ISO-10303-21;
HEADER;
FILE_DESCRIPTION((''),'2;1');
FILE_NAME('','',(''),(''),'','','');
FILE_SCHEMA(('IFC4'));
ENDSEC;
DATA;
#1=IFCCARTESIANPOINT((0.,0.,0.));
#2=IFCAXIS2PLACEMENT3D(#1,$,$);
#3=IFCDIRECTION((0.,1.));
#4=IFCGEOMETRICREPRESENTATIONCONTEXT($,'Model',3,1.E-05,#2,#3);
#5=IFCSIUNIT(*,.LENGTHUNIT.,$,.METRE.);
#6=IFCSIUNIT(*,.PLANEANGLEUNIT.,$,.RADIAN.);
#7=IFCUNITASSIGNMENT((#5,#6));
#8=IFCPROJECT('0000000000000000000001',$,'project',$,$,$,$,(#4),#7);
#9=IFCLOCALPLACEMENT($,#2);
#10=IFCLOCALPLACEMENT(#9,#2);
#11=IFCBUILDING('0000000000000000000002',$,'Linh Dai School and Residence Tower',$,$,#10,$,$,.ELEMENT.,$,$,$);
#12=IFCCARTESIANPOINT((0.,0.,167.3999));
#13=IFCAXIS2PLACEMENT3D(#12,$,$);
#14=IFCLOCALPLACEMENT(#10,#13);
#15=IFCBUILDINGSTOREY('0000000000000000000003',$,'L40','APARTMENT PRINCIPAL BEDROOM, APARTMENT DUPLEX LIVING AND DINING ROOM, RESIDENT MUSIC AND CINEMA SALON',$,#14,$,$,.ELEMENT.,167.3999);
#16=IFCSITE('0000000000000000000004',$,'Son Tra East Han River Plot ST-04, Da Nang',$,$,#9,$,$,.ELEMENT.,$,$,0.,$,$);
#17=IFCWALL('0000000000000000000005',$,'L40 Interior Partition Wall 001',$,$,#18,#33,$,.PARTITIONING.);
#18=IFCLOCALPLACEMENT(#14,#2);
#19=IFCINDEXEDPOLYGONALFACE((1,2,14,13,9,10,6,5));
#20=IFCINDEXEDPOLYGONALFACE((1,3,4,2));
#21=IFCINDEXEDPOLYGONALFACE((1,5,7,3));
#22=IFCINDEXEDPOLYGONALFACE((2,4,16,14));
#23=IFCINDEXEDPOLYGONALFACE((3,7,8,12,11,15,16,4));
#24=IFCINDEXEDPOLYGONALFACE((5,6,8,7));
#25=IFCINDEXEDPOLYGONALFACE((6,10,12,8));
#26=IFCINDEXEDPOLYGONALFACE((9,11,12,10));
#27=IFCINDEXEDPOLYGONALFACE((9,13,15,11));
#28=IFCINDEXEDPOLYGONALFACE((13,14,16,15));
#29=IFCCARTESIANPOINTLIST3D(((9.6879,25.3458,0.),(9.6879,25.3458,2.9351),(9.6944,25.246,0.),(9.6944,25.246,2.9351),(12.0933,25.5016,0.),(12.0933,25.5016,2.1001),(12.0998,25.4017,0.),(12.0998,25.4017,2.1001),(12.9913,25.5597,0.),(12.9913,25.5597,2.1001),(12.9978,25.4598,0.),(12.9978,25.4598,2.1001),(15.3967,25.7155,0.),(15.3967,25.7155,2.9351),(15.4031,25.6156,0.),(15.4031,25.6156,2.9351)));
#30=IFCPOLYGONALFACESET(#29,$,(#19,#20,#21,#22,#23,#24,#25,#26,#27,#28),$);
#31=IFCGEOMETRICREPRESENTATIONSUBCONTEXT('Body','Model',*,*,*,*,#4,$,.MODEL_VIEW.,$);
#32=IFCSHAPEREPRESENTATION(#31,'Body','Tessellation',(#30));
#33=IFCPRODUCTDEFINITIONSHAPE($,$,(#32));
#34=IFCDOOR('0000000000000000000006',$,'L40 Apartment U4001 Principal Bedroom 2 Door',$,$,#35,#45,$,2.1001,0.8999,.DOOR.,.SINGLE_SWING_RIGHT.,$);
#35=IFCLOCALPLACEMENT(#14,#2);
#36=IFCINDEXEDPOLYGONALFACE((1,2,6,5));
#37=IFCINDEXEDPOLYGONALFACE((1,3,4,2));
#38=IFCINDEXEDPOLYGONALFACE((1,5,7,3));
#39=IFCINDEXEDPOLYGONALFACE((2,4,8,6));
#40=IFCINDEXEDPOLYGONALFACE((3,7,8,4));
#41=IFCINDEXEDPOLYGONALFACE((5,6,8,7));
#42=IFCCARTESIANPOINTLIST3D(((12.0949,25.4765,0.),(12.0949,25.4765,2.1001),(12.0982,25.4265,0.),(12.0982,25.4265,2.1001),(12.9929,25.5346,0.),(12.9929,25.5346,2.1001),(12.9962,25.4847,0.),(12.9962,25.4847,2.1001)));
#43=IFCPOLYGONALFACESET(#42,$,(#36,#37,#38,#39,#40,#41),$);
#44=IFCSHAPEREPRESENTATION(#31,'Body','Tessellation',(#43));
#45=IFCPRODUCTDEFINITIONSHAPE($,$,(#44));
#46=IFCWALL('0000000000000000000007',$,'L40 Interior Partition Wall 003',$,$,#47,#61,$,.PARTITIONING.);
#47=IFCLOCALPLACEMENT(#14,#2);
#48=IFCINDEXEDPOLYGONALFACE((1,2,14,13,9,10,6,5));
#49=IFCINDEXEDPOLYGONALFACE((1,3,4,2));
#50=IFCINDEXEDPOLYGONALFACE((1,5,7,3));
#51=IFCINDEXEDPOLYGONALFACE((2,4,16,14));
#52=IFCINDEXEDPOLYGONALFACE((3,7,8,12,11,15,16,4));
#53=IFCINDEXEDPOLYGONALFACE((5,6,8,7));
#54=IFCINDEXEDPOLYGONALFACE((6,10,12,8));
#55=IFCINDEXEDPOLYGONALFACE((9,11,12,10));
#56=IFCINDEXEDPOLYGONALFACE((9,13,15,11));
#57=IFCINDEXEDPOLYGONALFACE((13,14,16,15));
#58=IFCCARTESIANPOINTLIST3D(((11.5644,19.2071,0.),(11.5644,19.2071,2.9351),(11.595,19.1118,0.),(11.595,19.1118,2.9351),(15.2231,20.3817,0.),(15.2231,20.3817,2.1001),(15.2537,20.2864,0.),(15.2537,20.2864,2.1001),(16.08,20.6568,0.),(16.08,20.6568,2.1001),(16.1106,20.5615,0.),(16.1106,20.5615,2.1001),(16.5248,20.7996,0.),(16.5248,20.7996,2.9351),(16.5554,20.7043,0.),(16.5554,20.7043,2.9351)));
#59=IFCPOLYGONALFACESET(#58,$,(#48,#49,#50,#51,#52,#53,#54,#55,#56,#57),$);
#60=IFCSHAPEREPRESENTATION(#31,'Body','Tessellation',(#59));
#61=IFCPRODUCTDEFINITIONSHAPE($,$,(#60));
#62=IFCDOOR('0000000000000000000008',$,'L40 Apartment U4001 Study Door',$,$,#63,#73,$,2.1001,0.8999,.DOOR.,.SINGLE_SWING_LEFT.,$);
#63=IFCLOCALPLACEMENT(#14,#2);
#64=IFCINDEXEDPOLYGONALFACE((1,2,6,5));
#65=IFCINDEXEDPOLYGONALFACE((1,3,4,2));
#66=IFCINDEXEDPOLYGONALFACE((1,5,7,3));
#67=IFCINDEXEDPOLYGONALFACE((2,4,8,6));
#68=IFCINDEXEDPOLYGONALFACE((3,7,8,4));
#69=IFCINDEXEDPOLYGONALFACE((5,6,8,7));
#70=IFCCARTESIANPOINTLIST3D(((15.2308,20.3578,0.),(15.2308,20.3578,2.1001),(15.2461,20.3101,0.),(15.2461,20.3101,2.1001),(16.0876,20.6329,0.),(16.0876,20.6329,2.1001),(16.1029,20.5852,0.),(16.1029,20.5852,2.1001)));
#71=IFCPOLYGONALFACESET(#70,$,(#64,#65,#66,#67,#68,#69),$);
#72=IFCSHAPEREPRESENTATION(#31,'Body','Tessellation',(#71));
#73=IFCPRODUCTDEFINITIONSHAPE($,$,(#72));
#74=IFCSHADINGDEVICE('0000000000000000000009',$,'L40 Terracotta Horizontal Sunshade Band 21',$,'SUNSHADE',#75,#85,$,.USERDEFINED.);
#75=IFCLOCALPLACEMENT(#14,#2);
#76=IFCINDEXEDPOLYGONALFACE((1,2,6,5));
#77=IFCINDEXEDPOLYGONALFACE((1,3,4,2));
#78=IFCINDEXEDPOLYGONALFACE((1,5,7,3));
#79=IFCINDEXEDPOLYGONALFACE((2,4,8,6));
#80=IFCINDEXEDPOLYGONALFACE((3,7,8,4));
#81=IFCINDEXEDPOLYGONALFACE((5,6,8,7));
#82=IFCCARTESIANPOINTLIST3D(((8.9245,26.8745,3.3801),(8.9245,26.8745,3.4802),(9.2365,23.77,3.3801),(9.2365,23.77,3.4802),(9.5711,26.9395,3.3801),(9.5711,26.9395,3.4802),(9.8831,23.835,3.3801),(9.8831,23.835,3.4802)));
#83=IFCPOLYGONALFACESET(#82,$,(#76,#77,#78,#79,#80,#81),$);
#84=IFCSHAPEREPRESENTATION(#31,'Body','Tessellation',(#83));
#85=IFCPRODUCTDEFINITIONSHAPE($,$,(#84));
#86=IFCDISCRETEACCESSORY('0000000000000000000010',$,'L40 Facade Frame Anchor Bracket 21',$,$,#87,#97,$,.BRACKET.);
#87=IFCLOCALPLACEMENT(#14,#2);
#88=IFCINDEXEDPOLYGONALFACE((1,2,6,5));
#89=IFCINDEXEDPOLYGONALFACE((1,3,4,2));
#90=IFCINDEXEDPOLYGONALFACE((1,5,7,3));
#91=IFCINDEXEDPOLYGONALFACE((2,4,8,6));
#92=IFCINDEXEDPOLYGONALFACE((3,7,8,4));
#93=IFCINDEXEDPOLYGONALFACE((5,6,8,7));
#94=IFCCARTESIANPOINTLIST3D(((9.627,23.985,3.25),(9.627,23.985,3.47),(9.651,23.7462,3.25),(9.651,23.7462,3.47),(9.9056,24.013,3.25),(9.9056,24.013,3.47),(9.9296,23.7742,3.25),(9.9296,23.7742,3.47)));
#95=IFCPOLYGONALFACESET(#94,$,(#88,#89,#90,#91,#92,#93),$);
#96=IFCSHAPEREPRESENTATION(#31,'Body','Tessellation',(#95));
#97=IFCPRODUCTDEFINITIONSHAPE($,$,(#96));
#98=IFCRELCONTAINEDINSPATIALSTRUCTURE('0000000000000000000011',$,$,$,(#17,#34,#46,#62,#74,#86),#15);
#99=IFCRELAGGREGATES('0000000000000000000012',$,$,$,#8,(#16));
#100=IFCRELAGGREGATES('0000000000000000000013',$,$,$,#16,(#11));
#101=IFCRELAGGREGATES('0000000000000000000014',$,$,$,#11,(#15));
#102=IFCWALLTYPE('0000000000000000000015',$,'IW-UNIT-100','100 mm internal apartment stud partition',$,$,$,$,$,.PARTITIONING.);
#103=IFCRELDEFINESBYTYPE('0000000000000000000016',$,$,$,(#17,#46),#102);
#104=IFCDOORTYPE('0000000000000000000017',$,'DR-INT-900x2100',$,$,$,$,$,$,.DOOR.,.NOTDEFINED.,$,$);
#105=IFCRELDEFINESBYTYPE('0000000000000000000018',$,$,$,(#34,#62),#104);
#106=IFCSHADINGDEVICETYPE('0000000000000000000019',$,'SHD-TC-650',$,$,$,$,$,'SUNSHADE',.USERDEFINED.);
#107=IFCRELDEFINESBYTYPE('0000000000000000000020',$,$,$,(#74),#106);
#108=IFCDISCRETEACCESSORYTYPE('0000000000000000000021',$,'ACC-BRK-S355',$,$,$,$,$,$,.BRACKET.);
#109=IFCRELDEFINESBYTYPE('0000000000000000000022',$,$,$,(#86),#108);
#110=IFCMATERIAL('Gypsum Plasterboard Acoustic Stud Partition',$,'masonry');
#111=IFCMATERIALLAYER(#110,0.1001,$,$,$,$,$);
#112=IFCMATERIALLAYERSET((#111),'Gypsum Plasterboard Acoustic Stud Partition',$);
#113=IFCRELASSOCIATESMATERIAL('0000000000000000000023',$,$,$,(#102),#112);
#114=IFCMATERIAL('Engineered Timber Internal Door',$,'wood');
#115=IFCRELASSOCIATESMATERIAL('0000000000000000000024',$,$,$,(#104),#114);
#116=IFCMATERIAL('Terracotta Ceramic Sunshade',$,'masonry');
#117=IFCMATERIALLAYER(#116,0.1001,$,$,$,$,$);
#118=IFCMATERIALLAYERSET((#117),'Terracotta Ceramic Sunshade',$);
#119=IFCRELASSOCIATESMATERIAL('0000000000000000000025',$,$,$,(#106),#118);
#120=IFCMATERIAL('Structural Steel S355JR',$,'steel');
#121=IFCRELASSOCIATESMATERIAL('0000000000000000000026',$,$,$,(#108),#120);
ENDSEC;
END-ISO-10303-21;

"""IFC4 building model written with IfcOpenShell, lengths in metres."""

from ifc_helpers import new_model, si_unit, direction, frame, frame_2d, origin, origin_2d, place, context, subcontext, project, spatial, rectangle, extrude, source, transform, mapped, material, layer, layer_set, type_object, element, fill, save


model = new_model("IFC4")

# Units and contexts
model_context = context("Model", 3, precision=1e-05, world=origin(), true_north=direction((0.0, 1.0)))
body_context = subcontext(model_context, "Body", "Model", "MODEL_VIEW")
ifc_project = project(units=[si_unit("LENGTHUNIT", "METRE"), si_unit("PLANEANGLEUNIT", "RADIAN")], contexts=[model_context])

# Site, building, storey
site_placement = place(None, origin())
site = spatial("IfcSite", under=ifc_project, at=site_placement, Name="Son Tra East Han River Plot ST-04, Da Nang", CompositionType="ELEMENT", RefElevation=0.0)
building_placement = place(site_placement, origin())
building = spatial("IfcBuilding", under=site, at=building_placement, Name="Linh Dai School and Residence Tower", CompositionType="ELEMENT")
storey_placement = place(building_placement, frame((0.0, 0.0, 167.3999)))
storey = spatial("IfcBuildingStorey", under=building, at=storey_placement, Name="L40", Description="APARTMENT PRINCIPAL BEDROOM, APARTMENT DUPLEX LIVING AND DINING ROOM, RESIDENT MUSIC AND CINEMA SALON", CompositionType="ELEMENT", Elevation=167.3999)

# Shared definitions
ifc_material_1 = material(Name="Structural Steel S355JR", Category="steel")

# Walls, openings, doors
ifc_material_2 = material(Name="Gypsum Plasterboard Acoustic Stud Partition", Category="masonry")
ifc_layer_1 = layer(ifc_material_2, 0.1001)
ifc_layer_set_1 = layer_set([ifc_layer_1], Name="Gypsum Plasterboard Acoustic Stud Partition")
wall_type_1 = type_object("IfcWallType", Name="IW-UNIT-100", Description="100 mm internal apartment stud partition", PredefinedType="PARTITIONING", material=ifc_layer_set_1)
wall_1_placement = place(storey_placement, frame((9.6912, 25.2959, 0.0), z_axis=(0.0, 0.0, 1.0), x_axis=(0.99791, 0.064613, 0.0)))
wall_1 = element("IfcWall", 1, at=wall_1_placement, inside=storey, type_object=wall_type_1, Name="L40 Interior Partition Wall 001", PredefinedType="PARTITIONING", context=body_context, shape_type="SweptSolid", body=[
    extrude(rectangle(XDim=5.7207, YDim=0.1001, at=frame_2d((2.8604, 0.0))), origin(), (0.0, 0.0, 1.0), 2.9351),
])
opening_1_placement = place(wall_1_placement, frame((2.4104, 0.0, 0.0)))
opening_1 = element("IfcOpeningElement", 2, at=opening_1_placement, cuts=wall_1, PredefinedType="OPENING", context=body_context, shape_type="SweptSolid", body=[
    extrude(rectangle(XDim=0.8999, YDim=2.1001, at=origin_2d()), frame((0.45, 0.0601, 1.05), z_axis=(0.0, -1.0, 0.0), x_axis=(1.0, 0.0, 0.0)), (0.0, 0.0, 1.0), 0.1201),
])
ifc_material_3 = material(Name="Engineered Timber Internal Door", Category="wood")
door_type_1 = type_object("IfcDoorType", Name="DR-INT-900x2100", OperationType="NOTDEFINED", PredefinedType="DOOR", material=ifc_material_3)
shared_shape_1 = source(origin(), body_context, "Body", "SweptSolid", [
    extrude(rectangle(XDim=0.8999, YDim=2.1001, at=origin_2d()), frame((0.45, 0.0249, 1.05), z_axis=(0.0, -1.0, 0.0), x_axis=(1.0, 0.0, 0.0)), (0.0, 0.0, 1.0), 0.05),
])
door_1_placement = place(opening_1_placement, origin())
door_1 = element("IfcDoor", 3, at=door_1_placement, inside=storey, type_object=door_type_1, Name="L40 Apartment U4001 Principal Bedroom 2 Door", OperationType="SINGLE_SWING_RIGHT", OverallHeight=2.1001, OverallWidth=0.8999, PredefinedType="DOOR", context=body_context, shape_type="MappedRepresentation", body=[
    mapped(shared_shape_1, transform((0.0, 0.0, 0.0), x_axis=(1.0, 0.0, 0.0), y_axis=(0.0, 1.0, 0.0), z_axis=(0.0, 0.0, 1.0), scale=1.0)),
])
fill(opening_1, door_1)
wall_2_placement = place(storey_placement, frame((11.5796, 19.1594, 0.0), z_axis=(0.0, 0.0, 1.0), x_axis=(0.952135, 0.305678, 0.0)))
wall_2 = element("IfcWall", 4, at=wall_2_placement, inside=storey, type_object=wall_type_1, Name="L40 Interior Partition Wall 003", PredefinedType="PARTITIONING", context=body_context, shape_type="SweptSolid", body=[
    extrude(rectangle(XDim=5.2097, YDim=0.1001, at=frame_2d((2.605, 0.0))), origin(), (0.0, 0.0, 1.0), 2.9351),
])
opening_2_placement = place(wall_2_placement, frame((3.8428, 0.0, 0.0)))
opening_2 = element("IfcOpeningElement", 5, at=opening_2_placement, cuts=wall_2, PredefinedType="OPENING", context=body_context, shape_type="SweptSolid", body=[
    extrude(rectangle(XDim=0.8999, YDim=2.1001, at=origin_2d()), frame((0.45, 0.0601, 1.05), z_axis=(0.0, -1.0, 0.0), x_axis=(1.0, 0.0, 0.0)), (0.0, 0.0, 1.0), 0.1201),
])
door_2_placement = place(opening_2_placement, origin())
door_2 = element("IfcDoor", 6, at=door_2_placement, inside=storey, type_object=door_type_1, Name="L40 Apartment U4001 Study Door", OperationType="SINGLE_SWING_LEFT", OverallHeight=2.1001, OverallWidth=0.8999, PredefinedType="DOOR", context=body_context, shape_type="MappedRepresentation", body=[
    mapped(shared_shape_1, transform((0.0, 0.0, 0.0), x_axis=(1.0, 0.0, 0.0), y_axis=(0.0, 1.0, 0.0), z_axis=(0.0, 0.0, 1.0), scale=1.0)),
])
fill(opening_2, door_2)

# Shading device
ifc_material_4 = material(Name="Terracotta Ceramic Sunshade", Category="masonry")
ifc_layer_2 = layer(ifc_material_4, 0.1001)
ifc_layer_set_2 = layer_set([ifc_layer_2], Name="Terracotta Ceramic Sunshade")
shading_device_type = type_object("IfcShadingDeviceType", Name="SHD-TC-650", ElementType="SUNSHADE", PredefinedType="USERDEFINED", material=ifc_layer_set_2)
shared_shape_2 = source(origin(), body_context, "Body", "SweptSolid", [
    extrude(rectangle(XDim=3.1201, YDim=0.6499, at=origin_2d()), origin(), (0.0, 0.0, 1.0), 0.1001),
])
shading_device_placement = place(storey_placement, frame((9.4038, 25.3547, 3.3801), z_axis=(0.0, 0.0, 1.0), x_axis=(-0.100002, 0.994987, 0.0)))
element("IfcShadingDevice", 7, at=shading_device_placement, inside=storey, type_object=shading_device_type, Name="L40 Terracotta Horizontal Sunshade Band 21", ObjectType="SUNSHADE", PredefinedType="USERDEFINED", context=body_context, shape_type="MappedRepresentation", body=[
    mapped(shared_shape_2, transform((0.0, 0.0, 0.0), x_axis=(1.0, 0.0, 0.0), y_axis=(0.0, 1.0, 0.0), z_axis=(0.0, 0.0, 1.0), scale=1.0)),
])

# Discrete accessory
discrete_accessory_type = type_object("IfcDiscreteAccessoryType", Name="ACC-BRK-S355", PredefinedType="BRACKET", material=ifc_material_1)
shared_shape_3 = source(origin(), body_context, "Body", "SweptSolid", [
    extrude(rectangle(XDim=0.28, YDim=0.24, at=origin_2d()), origin(), (0.0, 0.0, 1.0), 0.22),
])
discrete_accessory_placement = place(storey_placement, frame((9.7783, 23.8796, 3.25), z_axis=(0.0, 0.0, 1.0), x_axis=(-0.994987, -0.100002, 0.0)))
element("IfcDiscreteAccessory", 8, at=discrete_accessory_placement, inside=storey, type_object=discrete_accessory_type, Name="L40 Facade Frame Anchor Bracket 21", PredefinedType="BRACKET", context=body_context, shape_type="MappedRepresentation", body=[
    mapped(shared_shape_3, transform((0.0, 0.0, 0.0), x_axis=(1.0, 0.0, 0.0), y_axis=(0.0, 1.0, 0.0), z_axis=(0.0, 0.0, 1.0), scale=1.0)),
])

save(model, "model.ifc")
